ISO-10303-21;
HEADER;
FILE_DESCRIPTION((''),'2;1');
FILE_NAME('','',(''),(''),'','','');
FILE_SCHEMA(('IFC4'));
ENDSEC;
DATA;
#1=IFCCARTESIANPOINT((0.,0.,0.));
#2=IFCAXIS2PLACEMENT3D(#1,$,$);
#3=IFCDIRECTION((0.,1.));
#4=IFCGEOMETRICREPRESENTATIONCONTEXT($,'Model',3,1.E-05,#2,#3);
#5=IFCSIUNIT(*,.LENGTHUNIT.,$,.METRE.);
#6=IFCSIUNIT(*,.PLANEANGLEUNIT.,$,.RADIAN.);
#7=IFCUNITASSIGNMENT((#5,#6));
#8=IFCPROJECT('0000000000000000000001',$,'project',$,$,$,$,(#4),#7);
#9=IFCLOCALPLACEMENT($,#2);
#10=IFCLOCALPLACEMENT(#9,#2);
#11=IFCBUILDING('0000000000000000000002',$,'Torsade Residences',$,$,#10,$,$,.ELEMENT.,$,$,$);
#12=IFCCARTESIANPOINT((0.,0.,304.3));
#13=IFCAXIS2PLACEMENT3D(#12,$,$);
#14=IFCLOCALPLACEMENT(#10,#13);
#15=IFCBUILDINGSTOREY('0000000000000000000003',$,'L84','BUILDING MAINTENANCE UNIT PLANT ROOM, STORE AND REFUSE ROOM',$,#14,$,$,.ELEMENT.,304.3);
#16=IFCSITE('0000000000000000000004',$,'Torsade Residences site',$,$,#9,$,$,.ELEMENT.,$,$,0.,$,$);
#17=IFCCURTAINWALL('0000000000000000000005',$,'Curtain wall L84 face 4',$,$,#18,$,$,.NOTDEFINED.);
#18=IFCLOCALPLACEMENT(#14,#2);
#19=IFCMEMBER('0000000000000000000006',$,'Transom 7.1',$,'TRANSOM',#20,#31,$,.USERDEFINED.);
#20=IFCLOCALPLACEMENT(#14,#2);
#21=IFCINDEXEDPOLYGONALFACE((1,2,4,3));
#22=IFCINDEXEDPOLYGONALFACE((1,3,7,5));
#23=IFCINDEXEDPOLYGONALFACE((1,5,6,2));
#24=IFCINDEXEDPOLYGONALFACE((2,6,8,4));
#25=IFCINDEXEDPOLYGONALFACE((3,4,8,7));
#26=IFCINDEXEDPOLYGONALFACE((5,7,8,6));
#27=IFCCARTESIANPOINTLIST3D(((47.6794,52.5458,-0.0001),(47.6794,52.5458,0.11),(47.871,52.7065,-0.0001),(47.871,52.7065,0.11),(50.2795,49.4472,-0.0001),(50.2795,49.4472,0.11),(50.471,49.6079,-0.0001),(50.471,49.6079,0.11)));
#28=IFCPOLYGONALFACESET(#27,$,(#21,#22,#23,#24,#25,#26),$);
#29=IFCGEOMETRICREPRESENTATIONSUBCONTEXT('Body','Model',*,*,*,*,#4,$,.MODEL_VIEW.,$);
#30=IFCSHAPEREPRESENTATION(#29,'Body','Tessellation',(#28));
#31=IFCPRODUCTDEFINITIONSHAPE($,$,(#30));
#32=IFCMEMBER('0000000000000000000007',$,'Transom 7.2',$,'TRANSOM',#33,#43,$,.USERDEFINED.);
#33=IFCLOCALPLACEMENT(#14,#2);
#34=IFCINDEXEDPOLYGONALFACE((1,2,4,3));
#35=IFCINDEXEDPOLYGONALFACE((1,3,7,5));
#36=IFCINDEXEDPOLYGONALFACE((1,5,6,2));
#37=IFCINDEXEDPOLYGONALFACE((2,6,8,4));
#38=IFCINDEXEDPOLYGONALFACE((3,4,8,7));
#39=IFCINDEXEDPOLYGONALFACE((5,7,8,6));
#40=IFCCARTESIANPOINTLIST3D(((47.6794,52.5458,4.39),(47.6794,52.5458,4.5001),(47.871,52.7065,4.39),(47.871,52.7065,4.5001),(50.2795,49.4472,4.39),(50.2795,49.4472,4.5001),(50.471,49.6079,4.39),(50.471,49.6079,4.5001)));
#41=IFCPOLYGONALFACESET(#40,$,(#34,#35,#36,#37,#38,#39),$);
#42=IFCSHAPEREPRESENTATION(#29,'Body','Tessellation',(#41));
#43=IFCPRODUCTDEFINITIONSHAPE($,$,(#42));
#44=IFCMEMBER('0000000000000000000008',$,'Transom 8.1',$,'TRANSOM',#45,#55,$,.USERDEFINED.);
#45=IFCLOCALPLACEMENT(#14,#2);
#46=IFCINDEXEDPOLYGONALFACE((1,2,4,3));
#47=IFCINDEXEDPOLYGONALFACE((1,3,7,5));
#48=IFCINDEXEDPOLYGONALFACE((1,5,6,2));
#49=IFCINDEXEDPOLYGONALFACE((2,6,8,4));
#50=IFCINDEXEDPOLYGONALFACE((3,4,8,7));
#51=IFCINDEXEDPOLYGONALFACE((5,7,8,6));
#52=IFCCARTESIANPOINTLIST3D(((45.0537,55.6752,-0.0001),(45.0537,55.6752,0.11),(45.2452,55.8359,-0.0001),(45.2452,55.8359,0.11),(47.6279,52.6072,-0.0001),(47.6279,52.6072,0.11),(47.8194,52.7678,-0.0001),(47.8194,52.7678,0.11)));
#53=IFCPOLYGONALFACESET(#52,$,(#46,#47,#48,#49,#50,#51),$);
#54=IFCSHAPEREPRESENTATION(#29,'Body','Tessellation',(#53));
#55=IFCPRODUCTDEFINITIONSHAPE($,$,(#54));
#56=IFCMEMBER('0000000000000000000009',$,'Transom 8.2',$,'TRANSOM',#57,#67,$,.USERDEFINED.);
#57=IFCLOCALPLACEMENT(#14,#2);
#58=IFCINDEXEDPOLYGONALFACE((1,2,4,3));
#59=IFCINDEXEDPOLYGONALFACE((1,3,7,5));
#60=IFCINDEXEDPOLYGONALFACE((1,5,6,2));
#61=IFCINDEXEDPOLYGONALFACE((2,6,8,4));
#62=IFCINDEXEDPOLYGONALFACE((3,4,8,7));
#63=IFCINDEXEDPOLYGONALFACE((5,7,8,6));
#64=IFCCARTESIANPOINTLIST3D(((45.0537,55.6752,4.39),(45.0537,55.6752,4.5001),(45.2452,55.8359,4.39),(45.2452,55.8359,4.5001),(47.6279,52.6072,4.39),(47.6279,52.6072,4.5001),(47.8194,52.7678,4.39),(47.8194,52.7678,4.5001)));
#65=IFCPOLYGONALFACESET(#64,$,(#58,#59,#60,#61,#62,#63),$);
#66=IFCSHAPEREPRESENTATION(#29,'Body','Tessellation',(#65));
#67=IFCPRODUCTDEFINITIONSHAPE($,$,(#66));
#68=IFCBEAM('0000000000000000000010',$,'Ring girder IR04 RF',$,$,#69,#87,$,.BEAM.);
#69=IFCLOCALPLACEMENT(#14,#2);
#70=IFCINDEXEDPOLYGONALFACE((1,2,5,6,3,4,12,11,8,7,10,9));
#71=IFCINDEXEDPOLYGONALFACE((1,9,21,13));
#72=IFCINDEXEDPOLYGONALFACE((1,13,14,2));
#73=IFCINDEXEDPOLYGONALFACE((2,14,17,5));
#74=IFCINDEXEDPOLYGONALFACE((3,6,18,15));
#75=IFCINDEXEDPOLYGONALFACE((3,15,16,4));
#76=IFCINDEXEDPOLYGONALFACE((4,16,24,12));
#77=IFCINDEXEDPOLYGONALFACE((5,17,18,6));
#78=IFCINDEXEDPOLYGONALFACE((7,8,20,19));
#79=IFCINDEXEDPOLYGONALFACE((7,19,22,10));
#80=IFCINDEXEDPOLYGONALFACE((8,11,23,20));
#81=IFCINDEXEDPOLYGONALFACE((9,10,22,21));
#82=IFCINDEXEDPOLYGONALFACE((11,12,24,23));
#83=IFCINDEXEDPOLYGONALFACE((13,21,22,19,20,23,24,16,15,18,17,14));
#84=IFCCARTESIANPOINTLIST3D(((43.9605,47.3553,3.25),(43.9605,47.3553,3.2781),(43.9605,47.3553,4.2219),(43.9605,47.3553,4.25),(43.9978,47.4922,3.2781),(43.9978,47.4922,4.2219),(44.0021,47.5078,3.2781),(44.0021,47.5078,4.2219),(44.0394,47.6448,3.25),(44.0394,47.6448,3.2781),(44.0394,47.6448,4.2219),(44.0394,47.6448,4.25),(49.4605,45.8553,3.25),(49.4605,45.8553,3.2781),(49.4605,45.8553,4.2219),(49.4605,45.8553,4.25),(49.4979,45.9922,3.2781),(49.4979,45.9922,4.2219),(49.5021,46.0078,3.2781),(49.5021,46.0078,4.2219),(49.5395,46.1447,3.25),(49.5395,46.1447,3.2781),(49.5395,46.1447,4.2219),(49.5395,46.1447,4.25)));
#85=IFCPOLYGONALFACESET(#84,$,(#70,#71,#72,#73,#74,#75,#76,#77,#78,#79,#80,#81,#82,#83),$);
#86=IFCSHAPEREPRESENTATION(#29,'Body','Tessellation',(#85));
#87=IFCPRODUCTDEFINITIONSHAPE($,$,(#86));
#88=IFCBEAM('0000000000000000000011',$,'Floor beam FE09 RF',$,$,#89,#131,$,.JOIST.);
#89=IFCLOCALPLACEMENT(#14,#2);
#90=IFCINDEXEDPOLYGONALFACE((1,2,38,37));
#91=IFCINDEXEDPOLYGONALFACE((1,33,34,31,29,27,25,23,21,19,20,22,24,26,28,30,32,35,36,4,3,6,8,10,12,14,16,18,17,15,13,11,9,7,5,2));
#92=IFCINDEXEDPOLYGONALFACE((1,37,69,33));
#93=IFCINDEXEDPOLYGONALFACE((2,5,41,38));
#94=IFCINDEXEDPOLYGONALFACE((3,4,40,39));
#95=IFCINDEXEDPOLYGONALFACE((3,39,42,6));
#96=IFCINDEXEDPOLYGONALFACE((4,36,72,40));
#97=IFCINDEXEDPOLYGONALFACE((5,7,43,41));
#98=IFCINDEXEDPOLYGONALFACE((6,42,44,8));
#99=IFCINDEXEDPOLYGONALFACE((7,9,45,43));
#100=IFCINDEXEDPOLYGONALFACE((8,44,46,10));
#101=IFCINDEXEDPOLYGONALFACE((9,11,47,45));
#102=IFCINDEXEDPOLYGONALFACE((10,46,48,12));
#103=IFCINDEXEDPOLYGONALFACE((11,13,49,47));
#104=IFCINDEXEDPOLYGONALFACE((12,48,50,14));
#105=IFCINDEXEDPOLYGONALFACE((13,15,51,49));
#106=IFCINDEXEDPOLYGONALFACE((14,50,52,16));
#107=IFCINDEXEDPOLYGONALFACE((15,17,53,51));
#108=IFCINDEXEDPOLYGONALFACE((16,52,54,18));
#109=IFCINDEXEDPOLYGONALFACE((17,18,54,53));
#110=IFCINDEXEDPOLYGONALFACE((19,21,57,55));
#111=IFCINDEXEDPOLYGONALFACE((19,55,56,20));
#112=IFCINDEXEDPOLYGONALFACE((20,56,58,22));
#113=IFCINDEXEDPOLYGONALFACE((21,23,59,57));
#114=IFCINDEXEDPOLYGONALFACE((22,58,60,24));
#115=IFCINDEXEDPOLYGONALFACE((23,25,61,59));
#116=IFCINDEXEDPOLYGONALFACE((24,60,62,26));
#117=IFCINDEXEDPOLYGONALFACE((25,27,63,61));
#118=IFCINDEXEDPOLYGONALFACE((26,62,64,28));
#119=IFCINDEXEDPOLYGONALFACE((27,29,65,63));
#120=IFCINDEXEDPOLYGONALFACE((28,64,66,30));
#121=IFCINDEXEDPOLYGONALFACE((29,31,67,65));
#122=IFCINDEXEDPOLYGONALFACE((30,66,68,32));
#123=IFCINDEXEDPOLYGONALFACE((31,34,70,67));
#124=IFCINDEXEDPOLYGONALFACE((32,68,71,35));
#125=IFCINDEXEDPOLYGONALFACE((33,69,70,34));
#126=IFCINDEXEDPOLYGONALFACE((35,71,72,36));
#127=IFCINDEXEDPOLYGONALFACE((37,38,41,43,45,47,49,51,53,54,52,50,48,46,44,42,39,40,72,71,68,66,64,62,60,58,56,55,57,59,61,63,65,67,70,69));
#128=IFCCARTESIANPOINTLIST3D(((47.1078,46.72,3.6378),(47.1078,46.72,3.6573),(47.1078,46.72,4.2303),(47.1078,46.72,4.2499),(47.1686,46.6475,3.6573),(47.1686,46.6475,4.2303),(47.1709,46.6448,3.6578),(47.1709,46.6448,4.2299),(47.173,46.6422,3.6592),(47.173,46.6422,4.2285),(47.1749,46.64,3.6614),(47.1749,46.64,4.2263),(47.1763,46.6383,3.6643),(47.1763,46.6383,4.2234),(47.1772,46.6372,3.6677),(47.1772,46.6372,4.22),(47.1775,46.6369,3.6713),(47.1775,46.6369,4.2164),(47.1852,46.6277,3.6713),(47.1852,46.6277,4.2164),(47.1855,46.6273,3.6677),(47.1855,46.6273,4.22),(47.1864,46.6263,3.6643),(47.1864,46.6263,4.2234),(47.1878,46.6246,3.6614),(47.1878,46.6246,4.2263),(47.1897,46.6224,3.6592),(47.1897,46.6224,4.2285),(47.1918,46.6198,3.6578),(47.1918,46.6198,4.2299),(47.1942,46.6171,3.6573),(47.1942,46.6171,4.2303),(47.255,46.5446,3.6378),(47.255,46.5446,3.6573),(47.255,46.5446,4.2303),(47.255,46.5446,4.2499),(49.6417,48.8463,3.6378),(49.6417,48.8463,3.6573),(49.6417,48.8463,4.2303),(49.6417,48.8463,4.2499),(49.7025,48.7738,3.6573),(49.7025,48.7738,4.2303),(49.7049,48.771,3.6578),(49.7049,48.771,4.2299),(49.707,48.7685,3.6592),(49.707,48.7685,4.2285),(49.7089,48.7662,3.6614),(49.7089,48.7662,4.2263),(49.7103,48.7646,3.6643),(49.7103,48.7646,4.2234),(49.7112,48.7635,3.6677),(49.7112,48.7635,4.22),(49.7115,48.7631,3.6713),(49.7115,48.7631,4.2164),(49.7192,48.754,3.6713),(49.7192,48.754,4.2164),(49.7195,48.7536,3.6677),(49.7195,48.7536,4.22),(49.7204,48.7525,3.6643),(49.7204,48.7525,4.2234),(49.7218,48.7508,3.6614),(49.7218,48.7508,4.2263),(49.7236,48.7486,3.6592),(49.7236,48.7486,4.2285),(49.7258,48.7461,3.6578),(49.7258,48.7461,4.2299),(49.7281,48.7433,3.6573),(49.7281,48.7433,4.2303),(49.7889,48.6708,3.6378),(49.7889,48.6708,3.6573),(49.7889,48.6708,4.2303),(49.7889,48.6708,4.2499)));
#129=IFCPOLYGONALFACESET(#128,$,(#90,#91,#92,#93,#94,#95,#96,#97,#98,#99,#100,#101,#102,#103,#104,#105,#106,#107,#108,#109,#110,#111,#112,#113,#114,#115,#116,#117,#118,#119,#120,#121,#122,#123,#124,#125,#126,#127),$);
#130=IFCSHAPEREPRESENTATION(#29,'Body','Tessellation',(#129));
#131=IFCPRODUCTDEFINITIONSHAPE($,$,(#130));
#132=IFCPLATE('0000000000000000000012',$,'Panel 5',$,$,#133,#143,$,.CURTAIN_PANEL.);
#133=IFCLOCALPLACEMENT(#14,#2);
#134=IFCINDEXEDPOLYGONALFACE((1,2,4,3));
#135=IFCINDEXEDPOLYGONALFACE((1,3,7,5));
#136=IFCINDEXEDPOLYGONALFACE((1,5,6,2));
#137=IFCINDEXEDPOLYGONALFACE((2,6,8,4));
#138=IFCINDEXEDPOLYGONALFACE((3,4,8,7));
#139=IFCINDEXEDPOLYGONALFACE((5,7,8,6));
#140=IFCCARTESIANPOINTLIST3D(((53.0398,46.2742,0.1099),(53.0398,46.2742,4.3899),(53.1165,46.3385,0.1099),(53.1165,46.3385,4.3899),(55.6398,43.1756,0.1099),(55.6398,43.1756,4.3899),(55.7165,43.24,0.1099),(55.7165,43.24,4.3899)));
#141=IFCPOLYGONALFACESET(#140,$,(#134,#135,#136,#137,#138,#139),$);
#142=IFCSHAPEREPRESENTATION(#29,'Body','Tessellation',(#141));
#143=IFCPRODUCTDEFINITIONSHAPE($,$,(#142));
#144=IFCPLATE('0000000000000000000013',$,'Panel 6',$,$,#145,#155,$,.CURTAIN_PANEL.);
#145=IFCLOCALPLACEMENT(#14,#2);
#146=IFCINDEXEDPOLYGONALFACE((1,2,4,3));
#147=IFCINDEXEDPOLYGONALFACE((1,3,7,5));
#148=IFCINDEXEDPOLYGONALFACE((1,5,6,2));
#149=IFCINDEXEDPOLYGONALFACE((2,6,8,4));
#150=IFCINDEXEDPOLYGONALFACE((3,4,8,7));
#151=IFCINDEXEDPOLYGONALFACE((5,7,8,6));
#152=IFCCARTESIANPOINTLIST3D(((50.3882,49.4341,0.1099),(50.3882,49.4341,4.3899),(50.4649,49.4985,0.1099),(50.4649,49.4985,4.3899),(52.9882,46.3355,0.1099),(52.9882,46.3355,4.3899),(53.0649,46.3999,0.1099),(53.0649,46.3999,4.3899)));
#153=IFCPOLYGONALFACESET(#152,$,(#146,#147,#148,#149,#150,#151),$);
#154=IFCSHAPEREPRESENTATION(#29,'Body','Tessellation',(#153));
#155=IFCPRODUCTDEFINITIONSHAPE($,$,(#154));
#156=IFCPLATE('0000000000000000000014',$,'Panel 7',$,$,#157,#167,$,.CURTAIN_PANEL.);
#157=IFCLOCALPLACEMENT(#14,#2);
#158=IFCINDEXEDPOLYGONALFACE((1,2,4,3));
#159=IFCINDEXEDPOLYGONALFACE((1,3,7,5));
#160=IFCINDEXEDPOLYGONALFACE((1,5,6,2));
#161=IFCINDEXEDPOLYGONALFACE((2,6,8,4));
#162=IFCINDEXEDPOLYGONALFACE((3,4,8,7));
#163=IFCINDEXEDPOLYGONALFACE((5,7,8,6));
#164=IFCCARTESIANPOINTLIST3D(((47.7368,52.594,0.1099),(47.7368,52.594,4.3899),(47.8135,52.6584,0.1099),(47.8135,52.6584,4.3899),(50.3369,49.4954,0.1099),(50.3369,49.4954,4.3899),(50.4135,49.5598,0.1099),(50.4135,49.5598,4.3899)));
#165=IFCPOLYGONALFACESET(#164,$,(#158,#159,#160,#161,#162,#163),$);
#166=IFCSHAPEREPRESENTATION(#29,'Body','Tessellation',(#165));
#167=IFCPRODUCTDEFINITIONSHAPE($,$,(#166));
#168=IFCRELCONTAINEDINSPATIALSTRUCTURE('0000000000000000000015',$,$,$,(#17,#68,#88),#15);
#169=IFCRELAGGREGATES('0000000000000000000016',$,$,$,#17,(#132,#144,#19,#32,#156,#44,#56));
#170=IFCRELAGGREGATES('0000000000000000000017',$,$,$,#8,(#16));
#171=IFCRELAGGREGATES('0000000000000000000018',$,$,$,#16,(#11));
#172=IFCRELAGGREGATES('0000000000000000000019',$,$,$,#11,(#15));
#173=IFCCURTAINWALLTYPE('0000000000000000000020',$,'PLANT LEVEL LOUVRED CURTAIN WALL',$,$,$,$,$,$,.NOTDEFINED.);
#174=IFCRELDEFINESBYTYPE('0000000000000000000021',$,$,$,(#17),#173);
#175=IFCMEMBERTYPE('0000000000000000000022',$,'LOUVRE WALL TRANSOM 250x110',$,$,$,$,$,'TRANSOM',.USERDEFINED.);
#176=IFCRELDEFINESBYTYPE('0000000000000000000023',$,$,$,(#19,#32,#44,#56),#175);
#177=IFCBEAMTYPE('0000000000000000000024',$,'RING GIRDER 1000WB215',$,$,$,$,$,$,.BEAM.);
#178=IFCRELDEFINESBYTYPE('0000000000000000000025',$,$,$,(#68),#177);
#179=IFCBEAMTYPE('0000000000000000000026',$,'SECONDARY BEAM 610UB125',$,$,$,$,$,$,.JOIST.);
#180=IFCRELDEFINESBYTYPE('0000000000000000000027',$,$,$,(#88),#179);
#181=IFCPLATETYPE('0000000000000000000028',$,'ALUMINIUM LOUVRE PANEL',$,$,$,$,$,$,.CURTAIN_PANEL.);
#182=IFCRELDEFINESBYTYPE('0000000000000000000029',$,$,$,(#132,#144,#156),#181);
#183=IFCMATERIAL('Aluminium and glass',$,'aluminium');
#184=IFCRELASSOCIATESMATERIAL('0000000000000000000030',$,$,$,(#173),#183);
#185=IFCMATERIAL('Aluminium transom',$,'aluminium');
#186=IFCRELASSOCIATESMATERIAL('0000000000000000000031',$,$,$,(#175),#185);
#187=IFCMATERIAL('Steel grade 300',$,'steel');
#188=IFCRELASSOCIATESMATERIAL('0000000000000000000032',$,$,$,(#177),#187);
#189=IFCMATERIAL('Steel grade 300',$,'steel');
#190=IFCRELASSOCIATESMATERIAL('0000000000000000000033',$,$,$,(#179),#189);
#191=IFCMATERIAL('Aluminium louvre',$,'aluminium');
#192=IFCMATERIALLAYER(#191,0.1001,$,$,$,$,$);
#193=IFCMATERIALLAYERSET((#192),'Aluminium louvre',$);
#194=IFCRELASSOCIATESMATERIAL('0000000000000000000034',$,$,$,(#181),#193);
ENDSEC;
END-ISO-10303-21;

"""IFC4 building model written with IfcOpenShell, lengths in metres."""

from ifc_helpers import new_model, si_unit, direction, frame, origin, origin_2d, place, context, subcontext, project, spatial, rectangle, i_section, extrude, material, layer, layer_set, material_profile, profile_set, type_object, element, aggregate, save


model = new_model("IFC4")

# Units and contexts
model_context = context("Model", 3, precision=1e-05, world=origin(), true_north=direction((0.0, 1.0)))
body_context = subcontext(model_context, "Body", "Model", "MODEL_VIEW")
ifc_project = project(units=[si_unit("LENGTHUNIT", "METRE"), si_unit("PLANEANGLEUNIT", "RADIAN")], contexts=[model_context])

# Site, building, storey
site_placement = place(None, origin())
site = spatial("IfcSite", under=ifc_project, at=site_placement, Name="Torsade Residences site", CompositionType="ELEMENT", RefElevation=0.0)
building_placement = place(site_placement, origin())
building = spatial("IfcBuilding", under=site, at=building_placement, Name="Torsade Residences", CompositionType="ELEMENT")
storey_placement = place(building_placement, frame((0.0, 0.0, 304.3)))
storey = spatial("IfcBuildingStorey", under=building, at=storey_placement, Name="L84", Description="BUILDING MAINTENANCE UNIT PLANT ROOM, STORE AND REFUSE ROOM", CompositionType="ELEMENT", Elevation=304.3)

# Curtain wall, members
ifc_material_1 = material(Name="Aluminium and glass", Category="aluminium")
curtain_wall_type = type_object("IfcCurtainWallType", Name="PLANT LEVEL LOUVRED CURTAIN WALL", PredefinedType="NOTDEFINED", material=ifc_material_1)
curtain_wall_placement = place(storey_placement, origin())
curtain_wall = element("IfcCurtainWall", 1, at=curtain_wall_placement, inside=storey, type_object=curtain_wall_type, Name="Curtain wall L84 face 4", PredefinedType="NOTDEFINED")
ifc_material_2 = material(Name="Aluminium transom", Category="aluminium")
ifc_material_profile_1 = material_profile(ifc_material_2, rectangle(XDim=0.25, YDim=0.1101, at=origin_2d()), Name="LOUVRE WALL TRANSOM 250x110")
ifc_profile_set_1 = profile_set([ifc_material_profile_1], Name="Aluminium transom")
member_type_1 = type_object("IfcMemberType", Name="LOUVRE WALL TRANSOM 250x110", ElementType="TRANSOM", PredefinedType="USERDEFINED", material=ifc_profile_set_1)
member_1_placement = place(storey_placement, frame((50.3752, 49.5276, 0.0549), z_axis=(-0.642793, 0.76604, 0.0), x_axis=(-0.76604, -0.642793, 0.0)))
member_1 = element("IfcMember", 2, at=member_1_placement, type_object=member_type_1, Name="Transom 7.1", ObjectType="TRANSOM", PredefinedType="USERDEFINED", context=body_context, shape_type="SweptSolid", body=[
    extrude(rectangle(XDim=0.25, YDim=0.1101, at=origin_2d()), origin(), (0.0, 0.0, 1.0), 4.0449),
])
member_2_placement = place(storey_placement, frame((50.3752, 49.5276, 4.4451), z_axis=(-0.642793, 0.76604, 0.0), x_axis=(-0.76604, -0.642793, 0.0)))
member_2 = element("IfcMember", 3, at=member_2_placement, type_object=member_type_1, Name="Transom 7.2", ObjectType="TRANSOM", PredefinedType="USERDEFINED", context=body_context, shape_type="SweptSolid", body=[
    extrude(rectangle(XDim=0.25, YDim=0.1101, at=origin_2d()), origin(), (0.0, 0.0, 1.0), 4.0449),
])
member_3_placement = place(storey_placement, frame((47.7236, 52.6875, 0.0549), z_axis=(-0.642753, 0.766073, 0.0), x_axis=(-0.766073, -0.642753, 0.0)))
member_3 = element("IfcMember", 4, at=member_3_placement, type_object=member_type_1, Name="Transom 8.1", ObjectType="TRANSOM", PredefinedType="USERDEFINED", context=body_context, shape_type="SweptSolid", body=[
    extrude(rectangle(XDim=0.25, YDim=0.1101, at=origin_2d()), origin(), (0.0, 0.0, 1.0), 4.0049),
])
member_4_placement = place(storey_placement, frame((47.7236, 52.6875, 4.4451), z_axis=(-0.642753, 0.766073, 0.0), x_axis=(-0.766073, -0.642753, 0.0)))
member_4 = element("IfcMember", 5, at=member_4_placement, type_object=member_type_1, Name="Transom 8.2", ObjectType="TRANSOM", PredefinedType="USERDEFINED", context=body_context, shape_type="SweptSolid", body=[
    extrude(rectangle(XDim=0.25, YDim=0.1101, at=origin_2d()), origin(), (0.0, 0.0, 1.0), 4.0049),
])

# Beams
ifc_material_3 = material(Name="Steel grade 300", Category="steel")
ifc_material_profile_2 = material_profile(ifc_material_3, i_section(OverallWidth=0.3, OverallDepth=1.0, WebThickness=0.0161, FlangeThickness=0.0281, at=origin_2d()), Name="1000WB215")
ifc_profile_set_2 = profile_set([ifc_material_profile_2], Name="Steel grade 300")
beam_type_1 = type_object("IfcBeamType", Name="RING GIRDER 1000WB215", PredefinedType="BEAM", material=ifc_profile_set_2)
beam_1_placement = place(storey_placement, frame((49.5, 46.0, 3.75), z_axis=(-0.964764, 0.263117, 0.0), x_axis=(-0.263117, -0.964764, 0.0)))
element("IfcBeam", 6, at=beam_1_placement, inside=storey, type_object=beam_type_1, Name="Ring girder IR04 RF", PredefinedType="BEAM", context=body_context, shape_type="SweptSolid", body=[
    extrude(i_section(OverallWidth=0.3, OverallDepth=1.0, WebThickness=0.0161, FlangeThickness=0.0281, at=origin_2d()), origin(), (0.0, 0.0, 1.0), 5.7009),
])
ifc_material_4 = material(Name="Steel grade 300", Category="steel")
ifc_material_profile_3 = material_profile(ifc_material_4, i_section(OverallWidth=0.229, OverallDepth=0.6121, WebThickness=0.012, FlangeThickness=0.0195, FilletRadius=0.0139, at=origin_2d()), Name="610UB125")
ifc_profile_set_3 = profile_set([ifc_material_profile_3], Name="Steel grade 300")
beam_type_2 = type_object("IfcBeamType", Name="SECONDARY BEAM 610UB125", PredefinedType="JOIST", material=ifc_profile_set_3)
beam_2_placement = place(storey_placement, frame((49.7153, 48.7585, 3.9438), z_axis=(-0.766045, -0.642787, 0.0), x_axis=(0.642787, -0.766045, 0.0)))
element("IfcBeam", 7, at=beam_2_placement, inside=storey, type_object=beam_type_2, Name="Floor beam FE09 RF", PredefinedType="JOIST", context=body_context, shape_type="SweptSolid", body=[
    extrude(i_section(OverallWidth=0.229, OverallDepth=0.6121, WebThickness=0.012, FlangeThickness=0.0195, FilletRadius=0.0139, at=origin_2d()), origin(), (0.0, 0.0, 1.0), 3.3079),
])

# Plates
ifc_material_5 = material(Name="Aluminium louvre", Category="aluminium")
ifc_layer_1 = layer(ifc_material_5, 0.1001)
ifc_layer_set_1 = layer_set([ifc_layer_1], Name="Aluminium louvre")
plate_type = type_object("IfcPlateType", Name="ALUMINIUM LOUVRE PANEL", PredefinedType="CURTAIN_PANEL", material=ifc_layer_set_1)
plate_1_placement = place(storey_placement, frame((54.3782, 44.7571, 0.1099), z_axis=(0.0, 0.0, 1.0), x_axis=(-0.642788, 0.766044, 0.0)))
plate_1 = element("IfcPlate", 8, at=plate_1_placement, type_object=plate_type, Name="Panel 5", PredefinedType="CURTAIN_PANEL", context=body_context, shape_type="SweptSolid", body=[
    extrude(rectangle(XDim=4.0449, YDim=0.1001, at=origin_2d()), origin(), (0.0, 0.0, 1.0), 4.28),
])
plate_2_placement = place(storey_placement, frame((51.7266, 47.917, 0.1099), z_axis=(0.0, 0.0, 1.0), x_axis=(-0.642788, 0.766044, 0.0)))
plate_2 = element("IfcPlate", 9, at=plate_2_placement, type_object=plate_type, Name="Panel 6", PredefinedType="CURTAIN_PANEL", context=body_context, shape_type="SweptSolid", body=[
    extrude(rectangle(XDim=4.0449, YDim=0.1001, at=origin_2d()), origin(), (0.0, 0.0, 1.0), 4.28),
])
plate_3_placement = place(storey_placement, frame((49.0752, 51.0769, 0.1099), z_axis=(0.0, 0.0, 1.0), x_axis=(-0.642788, 0.766044, 0.0)))
plate_3 = element("IfcPlate", 10, at=plate_3_placement, type_object=plate_type, Name="Panel 7", PredefinedType="CURTAIN_PANEL", context=body_context, shape_type="SweptSolid", body=[
    extrude(rectangle(XDim=4.0449, YDim=0.1001, at=origin_2d()), origin(), (0.0, 0.0, 1.0), 4.28),
])
aggregate(curtain_wall, [plate_1, plate_2, member_1, member_2, plate_3, member_3, member_4])

save(model, "model.ifc")
